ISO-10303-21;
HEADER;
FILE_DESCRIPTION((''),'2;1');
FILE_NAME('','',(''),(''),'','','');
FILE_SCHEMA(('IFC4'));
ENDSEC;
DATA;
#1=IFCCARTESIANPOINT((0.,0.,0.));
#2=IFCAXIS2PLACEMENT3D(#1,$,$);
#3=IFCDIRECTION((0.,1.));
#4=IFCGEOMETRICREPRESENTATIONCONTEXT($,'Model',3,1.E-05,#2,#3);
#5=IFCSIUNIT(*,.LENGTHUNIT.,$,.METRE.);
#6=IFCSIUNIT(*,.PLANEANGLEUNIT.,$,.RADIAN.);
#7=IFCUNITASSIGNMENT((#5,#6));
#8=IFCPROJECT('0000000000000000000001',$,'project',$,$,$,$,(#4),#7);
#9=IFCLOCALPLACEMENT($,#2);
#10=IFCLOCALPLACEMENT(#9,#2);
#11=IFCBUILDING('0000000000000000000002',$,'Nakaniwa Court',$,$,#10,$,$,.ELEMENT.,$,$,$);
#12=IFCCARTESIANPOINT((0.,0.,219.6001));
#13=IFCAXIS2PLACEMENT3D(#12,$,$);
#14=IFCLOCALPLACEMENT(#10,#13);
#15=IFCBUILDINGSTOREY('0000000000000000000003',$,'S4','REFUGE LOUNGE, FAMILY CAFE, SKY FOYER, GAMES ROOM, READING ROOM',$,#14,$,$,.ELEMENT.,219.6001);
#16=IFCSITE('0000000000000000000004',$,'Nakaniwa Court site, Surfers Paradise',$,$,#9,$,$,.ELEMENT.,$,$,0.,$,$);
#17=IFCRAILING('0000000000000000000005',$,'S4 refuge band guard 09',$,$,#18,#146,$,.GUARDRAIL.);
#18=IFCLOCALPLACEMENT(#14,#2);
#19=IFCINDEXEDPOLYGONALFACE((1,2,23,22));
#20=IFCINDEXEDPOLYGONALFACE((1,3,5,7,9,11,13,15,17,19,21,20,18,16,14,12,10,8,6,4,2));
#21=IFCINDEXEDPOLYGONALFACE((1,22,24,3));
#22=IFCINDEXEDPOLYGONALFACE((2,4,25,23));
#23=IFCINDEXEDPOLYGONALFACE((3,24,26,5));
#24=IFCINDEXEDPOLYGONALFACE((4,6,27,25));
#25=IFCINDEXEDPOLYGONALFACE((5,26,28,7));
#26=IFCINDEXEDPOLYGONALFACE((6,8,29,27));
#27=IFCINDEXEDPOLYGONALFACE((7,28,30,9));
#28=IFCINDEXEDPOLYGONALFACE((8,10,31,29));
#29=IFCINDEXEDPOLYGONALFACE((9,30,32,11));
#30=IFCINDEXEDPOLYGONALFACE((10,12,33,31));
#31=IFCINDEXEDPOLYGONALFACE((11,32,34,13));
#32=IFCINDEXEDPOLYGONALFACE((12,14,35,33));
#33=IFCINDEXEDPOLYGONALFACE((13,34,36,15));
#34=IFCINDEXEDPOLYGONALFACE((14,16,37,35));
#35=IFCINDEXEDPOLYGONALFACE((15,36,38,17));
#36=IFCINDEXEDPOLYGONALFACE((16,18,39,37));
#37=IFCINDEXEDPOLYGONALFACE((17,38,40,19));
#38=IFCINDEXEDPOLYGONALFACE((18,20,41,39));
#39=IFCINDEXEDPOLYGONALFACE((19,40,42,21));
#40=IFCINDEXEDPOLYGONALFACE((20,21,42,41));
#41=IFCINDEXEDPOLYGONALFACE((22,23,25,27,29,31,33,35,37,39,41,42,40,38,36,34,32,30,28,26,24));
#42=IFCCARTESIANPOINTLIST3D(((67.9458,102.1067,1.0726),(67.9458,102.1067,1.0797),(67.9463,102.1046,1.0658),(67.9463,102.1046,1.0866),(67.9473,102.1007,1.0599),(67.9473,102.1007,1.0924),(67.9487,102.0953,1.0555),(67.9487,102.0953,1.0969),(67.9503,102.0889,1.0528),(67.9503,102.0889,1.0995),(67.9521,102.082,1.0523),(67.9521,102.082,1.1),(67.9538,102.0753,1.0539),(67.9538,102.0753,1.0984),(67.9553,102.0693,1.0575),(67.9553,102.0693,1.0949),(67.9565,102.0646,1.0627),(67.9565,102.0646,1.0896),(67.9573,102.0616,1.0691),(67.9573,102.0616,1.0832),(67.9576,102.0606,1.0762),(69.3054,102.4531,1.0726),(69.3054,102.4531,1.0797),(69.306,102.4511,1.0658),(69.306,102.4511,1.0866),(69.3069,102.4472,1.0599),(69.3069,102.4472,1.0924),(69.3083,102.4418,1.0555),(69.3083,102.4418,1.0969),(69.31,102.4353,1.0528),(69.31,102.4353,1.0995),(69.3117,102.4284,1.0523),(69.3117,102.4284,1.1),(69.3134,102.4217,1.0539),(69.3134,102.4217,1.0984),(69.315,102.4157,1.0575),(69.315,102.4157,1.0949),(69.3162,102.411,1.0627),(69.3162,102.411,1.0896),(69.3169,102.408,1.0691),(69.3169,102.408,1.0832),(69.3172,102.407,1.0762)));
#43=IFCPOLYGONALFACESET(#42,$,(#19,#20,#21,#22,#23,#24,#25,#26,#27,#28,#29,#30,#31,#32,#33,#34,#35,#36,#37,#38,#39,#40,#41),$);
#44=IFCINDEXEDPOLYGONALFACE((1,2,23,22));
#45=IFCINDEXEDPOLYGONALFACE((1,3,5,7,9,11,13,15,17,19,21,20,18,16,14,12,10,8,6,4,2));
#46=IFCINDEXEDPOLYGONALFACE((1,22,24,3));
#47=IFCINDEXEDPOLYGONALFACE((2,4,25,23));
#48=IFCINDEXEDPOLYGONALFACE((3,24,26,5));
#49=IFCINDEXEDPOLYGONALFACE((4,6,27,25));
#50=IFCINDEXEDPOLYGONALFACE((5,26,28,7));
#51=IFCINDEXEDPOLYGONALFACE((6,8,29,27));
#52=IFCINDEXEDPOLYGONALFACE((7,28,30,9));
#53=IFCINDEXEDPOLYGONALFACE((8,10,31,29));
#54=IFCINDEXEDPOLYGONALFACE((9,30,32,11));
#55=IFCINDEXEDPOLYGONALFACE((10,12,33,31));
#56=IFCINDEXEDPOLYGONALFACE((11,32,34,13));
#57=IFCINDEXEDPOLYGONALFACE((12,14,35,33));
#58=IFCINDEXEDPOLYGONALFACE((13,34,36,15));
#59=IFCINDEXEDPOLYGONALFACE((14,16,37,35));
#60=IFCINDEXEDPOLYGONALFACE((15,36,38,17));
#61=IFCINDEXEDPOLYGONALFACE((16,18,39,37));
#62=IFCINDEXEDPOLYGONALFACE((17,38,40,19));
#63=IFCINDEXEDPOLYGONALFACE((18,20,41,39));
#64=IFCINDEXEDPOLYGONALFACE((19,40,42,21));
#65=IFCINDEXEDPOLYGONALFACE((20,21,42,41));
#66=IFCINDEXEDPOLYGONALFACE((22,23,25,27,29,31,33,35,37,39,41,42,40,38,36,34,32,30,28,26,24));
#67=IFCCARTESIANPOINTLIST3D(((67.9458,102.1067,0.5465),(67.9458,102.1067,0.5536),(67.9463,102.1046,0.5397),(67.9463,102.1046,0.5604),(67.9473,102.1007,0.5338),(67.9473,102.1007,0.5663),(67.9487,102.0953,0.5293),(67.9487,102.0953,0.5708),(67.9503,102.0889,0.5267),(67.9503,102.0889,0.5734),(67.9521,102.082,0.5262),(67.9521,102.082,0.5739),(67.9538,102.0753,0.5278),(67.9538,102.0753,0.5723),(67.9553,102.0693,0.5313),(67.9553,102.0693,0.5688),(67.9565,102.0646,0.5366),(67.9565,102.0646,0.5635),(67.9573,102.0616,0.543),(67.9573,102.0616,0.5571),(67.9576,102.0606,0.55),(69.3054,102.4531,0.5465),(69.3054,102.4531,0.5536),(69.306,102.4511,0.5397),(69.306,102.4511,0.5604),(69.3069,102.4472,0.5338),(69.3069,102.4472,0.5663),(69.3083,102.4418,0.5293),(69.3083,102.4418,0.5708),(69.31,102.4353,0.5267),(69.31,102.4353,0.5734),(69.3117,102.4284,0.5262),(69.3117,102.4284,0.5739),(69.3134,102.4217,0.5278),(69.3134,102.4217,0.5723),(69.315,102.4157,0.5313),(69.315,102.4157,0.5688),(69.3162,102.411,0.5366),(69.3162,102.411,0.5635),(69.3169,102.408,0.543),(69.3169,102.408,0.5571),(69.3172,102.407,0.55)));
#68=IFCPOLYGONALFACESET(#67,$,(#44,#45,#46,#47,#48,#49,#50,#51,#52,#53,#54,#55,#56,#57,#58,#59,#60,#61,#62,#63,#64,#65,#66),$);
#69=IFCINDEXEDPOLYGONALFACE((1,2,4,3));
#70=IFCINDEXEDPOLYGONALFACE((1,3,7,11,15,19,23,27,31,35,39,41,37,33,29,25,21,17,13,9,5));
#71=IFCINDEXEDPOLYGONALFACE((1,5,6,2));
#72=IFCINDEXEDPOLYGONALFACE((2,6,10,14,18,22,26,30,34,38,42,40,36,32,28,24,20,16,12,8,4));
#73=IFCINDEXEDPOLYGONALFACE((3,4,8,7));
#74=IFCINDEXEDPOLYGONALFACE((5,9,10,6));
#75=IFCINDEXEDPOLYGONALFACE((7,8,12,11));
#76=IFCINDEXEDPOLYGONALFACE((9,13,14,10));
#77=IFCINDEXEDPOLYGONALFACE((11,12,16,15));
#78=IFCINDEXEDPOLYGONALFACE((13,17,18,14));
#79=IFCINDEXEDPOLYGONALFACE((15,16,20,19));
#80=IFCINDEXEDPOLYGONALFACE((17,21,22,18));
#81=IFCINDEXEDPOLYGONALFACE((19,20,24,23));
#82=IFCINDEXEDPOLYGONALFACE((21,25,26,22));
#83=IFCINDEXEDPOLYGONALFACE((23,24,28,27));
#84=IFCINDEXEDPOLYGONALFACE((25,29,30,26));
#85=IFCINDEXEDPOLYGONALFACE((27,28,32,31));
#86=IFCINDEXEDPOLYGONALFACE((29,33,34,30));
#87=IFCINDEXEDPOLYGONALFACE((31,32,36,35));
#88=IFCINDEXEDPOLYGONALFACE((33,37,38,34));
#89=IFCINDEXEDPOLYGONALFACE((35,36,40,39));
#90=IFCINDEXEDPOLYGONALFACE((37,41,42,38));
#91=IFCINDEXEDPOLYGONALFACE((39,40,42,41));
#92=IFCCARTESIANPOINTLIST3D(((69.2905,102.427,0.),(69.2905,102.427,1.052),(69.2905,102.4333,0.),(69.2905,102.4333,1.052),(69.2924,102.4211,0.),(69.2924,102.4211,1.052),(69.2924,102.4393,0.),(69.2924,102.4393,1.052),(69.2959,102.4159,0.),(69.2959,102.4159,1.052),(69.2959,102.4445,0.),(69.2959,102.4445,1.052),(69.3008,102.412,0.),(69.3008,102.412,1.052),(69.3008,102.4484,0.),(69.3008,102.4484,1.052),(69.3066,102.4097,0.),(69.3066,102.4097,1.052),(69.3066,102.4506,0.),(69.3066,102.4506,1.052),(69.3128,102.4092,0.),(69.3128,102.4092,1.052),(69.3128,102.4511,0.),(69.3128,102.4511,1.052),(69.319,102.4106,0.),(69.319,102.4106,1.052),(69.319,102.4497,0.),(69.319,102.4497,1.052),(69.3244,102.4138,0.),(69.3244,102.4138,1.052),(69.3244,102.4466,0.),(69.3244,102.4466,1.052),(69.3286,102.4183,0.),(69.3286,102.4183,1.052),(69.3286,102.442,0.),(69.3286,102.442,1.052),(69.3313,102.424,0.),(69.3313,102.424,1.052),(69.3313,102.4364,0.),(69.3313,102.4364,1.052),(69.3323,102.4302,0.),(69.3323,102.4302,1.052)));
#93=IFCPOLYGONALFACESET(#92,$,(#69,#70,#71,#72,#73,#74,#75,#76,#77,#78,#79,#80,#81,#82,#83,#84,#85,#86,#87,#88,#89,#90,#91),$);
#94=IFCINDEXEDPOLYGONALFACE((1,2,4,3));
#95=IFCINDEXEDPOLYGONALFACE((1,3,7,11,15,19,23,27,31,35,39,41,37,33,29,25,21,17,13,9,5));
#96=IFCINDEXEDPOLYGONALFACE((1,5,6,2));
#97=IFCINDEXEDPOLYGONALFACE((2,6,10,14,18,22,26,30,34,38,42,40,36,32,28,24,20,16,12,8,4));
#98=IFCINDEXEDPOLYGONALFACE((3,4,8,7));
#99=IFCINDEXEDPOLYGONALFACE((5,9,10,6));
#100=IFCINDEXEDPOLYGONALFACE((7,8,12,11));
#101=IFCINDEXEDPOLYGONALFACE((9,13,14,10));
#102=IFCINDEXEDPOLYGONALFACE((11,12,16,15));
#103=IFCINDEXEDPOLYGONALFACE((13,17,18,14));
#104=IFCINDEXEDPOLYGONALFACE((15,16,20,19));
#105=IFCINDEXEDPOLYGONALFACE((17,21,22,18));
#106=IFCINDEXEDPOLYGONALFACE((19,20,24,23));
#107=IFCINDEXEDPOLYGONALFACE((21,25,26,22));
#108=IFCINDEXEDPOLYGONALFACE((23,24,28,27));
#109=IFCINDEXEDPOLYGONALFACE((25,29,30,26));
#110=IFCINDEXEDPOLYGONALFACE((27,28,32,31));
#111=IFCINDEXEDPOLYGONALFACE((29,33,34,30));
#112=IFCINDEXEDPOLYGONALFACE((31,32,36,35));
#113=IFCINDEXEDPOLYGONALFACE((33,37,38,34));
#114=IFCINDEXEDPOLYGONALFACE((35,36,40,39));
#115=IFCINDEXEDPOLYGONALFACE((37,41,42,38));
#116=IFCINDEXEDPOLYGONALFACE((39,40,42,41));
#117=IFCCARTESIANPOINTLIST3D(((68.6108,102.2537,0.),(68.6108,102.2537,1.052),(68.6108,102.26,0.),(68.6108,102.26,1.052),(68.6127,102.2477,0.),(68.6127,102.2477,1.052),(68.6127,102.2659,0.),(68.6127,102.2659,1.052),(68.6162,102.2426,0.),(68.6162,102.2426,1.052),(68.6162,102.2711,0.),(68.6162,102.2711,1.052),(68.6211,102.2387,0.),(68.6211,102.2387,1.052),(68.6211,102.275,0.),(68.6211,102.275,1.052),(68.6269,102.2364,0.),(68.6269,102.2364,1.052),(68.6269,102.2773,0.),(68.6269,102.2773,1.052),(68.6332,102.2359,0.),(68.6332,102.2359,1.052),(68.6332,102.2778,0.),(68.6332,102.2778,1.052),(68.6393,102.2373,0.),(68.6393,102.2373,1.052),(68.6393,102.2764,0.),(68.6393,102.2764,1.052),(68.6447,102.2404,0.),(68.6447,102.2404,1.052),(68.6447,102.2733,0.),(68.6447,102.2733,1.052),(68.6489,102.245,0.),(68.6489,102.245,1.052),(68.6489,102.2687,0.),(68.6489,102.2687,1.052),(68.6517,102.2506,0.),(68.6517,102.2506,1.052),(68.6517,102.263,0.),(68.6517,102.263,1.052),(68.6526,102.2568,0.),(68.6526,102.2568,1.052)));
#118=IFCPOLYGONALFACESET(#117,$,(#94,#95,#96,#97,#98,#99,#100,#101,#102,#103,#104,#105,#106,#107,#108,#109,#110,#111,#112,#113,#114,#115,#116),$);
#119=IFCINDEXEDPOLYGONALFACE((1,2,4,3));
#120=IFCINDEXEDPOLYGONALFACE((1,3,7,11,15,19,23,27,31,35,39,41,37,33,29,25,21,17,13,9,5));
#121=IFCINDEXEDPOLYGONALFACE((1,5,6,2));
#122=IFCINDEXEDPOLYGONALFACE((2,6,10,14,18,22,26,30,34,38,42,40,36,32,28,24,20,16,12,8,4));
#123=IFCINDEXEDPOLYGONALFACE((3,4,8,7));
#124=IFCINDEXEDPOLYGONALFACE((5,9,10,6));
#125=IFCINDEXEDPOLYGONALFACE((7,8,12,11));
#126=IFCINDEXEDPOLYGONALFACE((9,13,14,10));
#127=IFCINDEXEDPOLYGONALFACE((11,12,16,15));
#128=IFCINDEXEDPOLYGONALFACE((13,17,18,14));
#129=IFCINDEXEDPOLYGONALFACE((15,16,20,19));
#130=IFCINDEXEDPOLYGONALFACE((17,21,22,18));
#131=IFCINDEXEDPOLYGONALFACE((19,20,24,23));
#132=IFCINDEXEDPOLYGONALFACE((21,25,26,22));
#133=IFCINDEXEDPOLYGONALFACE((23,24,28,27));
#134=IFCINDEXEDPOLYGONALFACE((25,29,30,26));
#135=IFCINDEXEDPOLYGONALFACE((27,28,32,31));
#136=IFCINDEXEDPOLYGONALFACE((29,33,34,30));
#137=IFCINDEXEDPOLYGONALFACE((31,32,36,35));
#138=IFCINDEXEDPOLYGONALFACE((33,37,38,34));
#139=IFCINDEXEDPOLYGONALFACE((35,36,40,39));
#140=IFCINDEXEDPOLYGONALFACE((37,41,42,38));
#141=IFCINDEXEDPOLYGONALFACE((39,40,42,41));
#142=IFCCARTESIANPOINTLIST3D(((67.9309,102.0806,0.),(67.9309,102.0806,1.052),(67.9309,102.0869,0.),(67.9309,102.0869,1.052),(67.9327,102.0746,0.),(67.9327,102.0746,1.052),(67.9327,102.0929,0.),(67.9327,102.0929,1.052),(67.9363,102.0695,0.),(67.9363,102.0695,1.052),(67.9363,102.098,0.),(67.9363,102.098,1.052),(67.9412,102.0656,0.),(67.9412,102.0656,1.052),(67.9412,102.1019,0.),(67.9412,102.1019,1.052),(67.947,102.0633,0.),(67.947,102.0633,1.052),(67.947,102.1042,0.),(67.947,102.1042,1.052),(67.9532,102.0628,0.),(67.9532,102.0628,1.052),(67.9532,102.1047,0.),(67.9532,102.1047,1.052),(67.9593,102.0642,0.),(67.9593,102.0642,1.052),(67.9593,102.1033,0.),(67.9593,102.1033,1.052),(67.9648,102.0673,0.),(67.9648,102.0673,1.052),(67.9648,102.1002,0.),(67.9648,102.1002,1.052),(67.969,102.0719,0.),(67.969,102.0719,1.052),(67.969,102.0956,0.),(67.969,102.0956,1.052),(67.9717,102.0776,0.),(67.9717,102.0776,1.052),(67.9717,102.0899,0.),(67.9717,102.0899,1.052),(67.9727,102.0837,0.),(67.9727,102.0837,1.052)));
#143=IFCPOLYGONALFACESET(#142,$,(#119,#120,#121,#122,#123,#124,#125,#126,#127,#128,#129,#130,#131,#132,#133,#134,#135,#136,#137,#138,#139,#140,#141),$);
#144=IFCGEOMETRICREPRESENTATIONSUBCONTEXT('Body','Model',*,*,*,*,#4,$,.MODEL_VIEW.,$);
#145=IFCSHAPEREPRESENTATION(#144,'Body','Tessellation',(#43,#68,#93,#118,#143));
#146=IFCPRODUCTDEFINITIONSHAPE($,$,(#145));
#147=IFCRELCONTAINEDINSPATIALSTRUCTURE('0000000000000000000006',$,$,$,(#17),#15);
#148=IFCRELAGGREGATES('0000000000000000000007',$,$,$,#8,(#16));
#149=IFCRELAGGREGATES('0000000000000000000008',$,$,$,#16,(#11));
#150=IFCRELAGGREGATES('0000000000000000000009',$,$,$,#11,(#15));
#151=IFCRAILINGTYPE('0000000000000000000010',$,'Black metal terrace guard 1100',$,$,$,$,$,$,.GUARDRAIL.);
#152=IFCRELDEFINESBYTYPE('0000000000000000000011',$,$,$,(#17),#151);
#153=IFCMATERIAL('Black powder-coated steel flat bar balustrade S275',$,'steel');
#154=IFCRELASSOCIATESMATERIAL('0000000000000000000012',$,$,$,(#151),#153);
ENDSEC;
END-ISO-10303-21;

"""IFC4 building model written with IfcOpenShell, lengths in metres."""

from ifc_helpers import new_model, si_unit, direction, frame, origin, origin_2d, place, context, subcontext, project, spatial, circle, extrude, material, type_object, element, save


model = new_model("IFC4")

# Units and contexts
model_context = context("Model", 3, precision=1e-05, world=origin(), true_north=direction((0.0, 1.0)))
body_context = subcontext(model_context, "Body", "Model", "MODEL_VIEW")
ifc_project = project(units=[si_unit("LENGTHUNIT", "METRE"), si_unit("PLANEANGLEUNIT", "RADIAN")], contexts=[model_context])

# Site, building, storey
site_placement = place(None, origin())
site = spatial("IfcSite", under=ifc_project, at=site_placement, Name="Nakaniwa Court site, Surfers Paradise", CompositionType="ELEMENT", RefElevation=0.0)
building_placement = place(site_placement, origin())
building = spatial("IfcBuilding", under=site, at=building_placement, Name="Nakaniwa Court", CompositionType="ELEMENT")
storey_placement = place(building_placement, frame((0.0, 0.0, 219.6001)))
storey = spatial("IfcBuildingStorey", under=building, at=storey_placement, Name="S4", Description="REFUGE LOUNGE, FAMILY CAFE, SKY FOYER, GAMES ROOM, READING ROOM", CompositionType="ELEMENT", Elevation=219.6001)

# Railing
ifc_material_1 = material(Name="Black powder-coated steel flat bar balustrade S275", Category="steel")
railing_type_1 = type_object("IfcRailingType", Name="Black metal terrace guard 1100", PredefinedType="GUARDRAIL", material=ifc_material_1)
railing_placement = place(storey_placement, frame((69.3113, 102.4302, 0.0)))
element("IfcRailing", 1, at=railing_placement, inside=storey, type_object=railing_type_1, Name="S4 refuge band guard 09", PredefinedType="GUARDRAIL", context=body_context, shape_type="SweptSolid", body=[
    extrude(circle(Radius=0.0239, at=origin_2d()), frame((0.0, 0.0, 1.0762), z_axis=(-0.969037, -0.246914, 0.0), x_axis=(0.246914, -0.969037, 0.0)), (0.0, 0.0, 1.0), 1.4031),
    extrude(circle(Radius=0.0239, at=origin_2d()), frame((0.0, 0.0, 0.55), z_axis=(-0.969037, -0.246914, 0.0), x_axis=(0.246914, -0.969037, 0.0)), (0.0, 0.0, 1.0), 1.4031),
    extrude(circle(Radius=0.021, at=origin_2d()), origin(), (0.0, 0.0, 1.0), 1.052),
    extrude(circle(Radius=0.021, at=origin_2d()), frame((-0.6797, -0.1733, 0.0)), (0.0, 0.0, 1.0), 1.052),
    extrude(circle(Radius=0.021, at=origin_2d()), frame((-1.3596, -0.3464, 0.0)), (0.0, 0.0, 1.0), 1.052),
])

save(model, "model.ifc")
